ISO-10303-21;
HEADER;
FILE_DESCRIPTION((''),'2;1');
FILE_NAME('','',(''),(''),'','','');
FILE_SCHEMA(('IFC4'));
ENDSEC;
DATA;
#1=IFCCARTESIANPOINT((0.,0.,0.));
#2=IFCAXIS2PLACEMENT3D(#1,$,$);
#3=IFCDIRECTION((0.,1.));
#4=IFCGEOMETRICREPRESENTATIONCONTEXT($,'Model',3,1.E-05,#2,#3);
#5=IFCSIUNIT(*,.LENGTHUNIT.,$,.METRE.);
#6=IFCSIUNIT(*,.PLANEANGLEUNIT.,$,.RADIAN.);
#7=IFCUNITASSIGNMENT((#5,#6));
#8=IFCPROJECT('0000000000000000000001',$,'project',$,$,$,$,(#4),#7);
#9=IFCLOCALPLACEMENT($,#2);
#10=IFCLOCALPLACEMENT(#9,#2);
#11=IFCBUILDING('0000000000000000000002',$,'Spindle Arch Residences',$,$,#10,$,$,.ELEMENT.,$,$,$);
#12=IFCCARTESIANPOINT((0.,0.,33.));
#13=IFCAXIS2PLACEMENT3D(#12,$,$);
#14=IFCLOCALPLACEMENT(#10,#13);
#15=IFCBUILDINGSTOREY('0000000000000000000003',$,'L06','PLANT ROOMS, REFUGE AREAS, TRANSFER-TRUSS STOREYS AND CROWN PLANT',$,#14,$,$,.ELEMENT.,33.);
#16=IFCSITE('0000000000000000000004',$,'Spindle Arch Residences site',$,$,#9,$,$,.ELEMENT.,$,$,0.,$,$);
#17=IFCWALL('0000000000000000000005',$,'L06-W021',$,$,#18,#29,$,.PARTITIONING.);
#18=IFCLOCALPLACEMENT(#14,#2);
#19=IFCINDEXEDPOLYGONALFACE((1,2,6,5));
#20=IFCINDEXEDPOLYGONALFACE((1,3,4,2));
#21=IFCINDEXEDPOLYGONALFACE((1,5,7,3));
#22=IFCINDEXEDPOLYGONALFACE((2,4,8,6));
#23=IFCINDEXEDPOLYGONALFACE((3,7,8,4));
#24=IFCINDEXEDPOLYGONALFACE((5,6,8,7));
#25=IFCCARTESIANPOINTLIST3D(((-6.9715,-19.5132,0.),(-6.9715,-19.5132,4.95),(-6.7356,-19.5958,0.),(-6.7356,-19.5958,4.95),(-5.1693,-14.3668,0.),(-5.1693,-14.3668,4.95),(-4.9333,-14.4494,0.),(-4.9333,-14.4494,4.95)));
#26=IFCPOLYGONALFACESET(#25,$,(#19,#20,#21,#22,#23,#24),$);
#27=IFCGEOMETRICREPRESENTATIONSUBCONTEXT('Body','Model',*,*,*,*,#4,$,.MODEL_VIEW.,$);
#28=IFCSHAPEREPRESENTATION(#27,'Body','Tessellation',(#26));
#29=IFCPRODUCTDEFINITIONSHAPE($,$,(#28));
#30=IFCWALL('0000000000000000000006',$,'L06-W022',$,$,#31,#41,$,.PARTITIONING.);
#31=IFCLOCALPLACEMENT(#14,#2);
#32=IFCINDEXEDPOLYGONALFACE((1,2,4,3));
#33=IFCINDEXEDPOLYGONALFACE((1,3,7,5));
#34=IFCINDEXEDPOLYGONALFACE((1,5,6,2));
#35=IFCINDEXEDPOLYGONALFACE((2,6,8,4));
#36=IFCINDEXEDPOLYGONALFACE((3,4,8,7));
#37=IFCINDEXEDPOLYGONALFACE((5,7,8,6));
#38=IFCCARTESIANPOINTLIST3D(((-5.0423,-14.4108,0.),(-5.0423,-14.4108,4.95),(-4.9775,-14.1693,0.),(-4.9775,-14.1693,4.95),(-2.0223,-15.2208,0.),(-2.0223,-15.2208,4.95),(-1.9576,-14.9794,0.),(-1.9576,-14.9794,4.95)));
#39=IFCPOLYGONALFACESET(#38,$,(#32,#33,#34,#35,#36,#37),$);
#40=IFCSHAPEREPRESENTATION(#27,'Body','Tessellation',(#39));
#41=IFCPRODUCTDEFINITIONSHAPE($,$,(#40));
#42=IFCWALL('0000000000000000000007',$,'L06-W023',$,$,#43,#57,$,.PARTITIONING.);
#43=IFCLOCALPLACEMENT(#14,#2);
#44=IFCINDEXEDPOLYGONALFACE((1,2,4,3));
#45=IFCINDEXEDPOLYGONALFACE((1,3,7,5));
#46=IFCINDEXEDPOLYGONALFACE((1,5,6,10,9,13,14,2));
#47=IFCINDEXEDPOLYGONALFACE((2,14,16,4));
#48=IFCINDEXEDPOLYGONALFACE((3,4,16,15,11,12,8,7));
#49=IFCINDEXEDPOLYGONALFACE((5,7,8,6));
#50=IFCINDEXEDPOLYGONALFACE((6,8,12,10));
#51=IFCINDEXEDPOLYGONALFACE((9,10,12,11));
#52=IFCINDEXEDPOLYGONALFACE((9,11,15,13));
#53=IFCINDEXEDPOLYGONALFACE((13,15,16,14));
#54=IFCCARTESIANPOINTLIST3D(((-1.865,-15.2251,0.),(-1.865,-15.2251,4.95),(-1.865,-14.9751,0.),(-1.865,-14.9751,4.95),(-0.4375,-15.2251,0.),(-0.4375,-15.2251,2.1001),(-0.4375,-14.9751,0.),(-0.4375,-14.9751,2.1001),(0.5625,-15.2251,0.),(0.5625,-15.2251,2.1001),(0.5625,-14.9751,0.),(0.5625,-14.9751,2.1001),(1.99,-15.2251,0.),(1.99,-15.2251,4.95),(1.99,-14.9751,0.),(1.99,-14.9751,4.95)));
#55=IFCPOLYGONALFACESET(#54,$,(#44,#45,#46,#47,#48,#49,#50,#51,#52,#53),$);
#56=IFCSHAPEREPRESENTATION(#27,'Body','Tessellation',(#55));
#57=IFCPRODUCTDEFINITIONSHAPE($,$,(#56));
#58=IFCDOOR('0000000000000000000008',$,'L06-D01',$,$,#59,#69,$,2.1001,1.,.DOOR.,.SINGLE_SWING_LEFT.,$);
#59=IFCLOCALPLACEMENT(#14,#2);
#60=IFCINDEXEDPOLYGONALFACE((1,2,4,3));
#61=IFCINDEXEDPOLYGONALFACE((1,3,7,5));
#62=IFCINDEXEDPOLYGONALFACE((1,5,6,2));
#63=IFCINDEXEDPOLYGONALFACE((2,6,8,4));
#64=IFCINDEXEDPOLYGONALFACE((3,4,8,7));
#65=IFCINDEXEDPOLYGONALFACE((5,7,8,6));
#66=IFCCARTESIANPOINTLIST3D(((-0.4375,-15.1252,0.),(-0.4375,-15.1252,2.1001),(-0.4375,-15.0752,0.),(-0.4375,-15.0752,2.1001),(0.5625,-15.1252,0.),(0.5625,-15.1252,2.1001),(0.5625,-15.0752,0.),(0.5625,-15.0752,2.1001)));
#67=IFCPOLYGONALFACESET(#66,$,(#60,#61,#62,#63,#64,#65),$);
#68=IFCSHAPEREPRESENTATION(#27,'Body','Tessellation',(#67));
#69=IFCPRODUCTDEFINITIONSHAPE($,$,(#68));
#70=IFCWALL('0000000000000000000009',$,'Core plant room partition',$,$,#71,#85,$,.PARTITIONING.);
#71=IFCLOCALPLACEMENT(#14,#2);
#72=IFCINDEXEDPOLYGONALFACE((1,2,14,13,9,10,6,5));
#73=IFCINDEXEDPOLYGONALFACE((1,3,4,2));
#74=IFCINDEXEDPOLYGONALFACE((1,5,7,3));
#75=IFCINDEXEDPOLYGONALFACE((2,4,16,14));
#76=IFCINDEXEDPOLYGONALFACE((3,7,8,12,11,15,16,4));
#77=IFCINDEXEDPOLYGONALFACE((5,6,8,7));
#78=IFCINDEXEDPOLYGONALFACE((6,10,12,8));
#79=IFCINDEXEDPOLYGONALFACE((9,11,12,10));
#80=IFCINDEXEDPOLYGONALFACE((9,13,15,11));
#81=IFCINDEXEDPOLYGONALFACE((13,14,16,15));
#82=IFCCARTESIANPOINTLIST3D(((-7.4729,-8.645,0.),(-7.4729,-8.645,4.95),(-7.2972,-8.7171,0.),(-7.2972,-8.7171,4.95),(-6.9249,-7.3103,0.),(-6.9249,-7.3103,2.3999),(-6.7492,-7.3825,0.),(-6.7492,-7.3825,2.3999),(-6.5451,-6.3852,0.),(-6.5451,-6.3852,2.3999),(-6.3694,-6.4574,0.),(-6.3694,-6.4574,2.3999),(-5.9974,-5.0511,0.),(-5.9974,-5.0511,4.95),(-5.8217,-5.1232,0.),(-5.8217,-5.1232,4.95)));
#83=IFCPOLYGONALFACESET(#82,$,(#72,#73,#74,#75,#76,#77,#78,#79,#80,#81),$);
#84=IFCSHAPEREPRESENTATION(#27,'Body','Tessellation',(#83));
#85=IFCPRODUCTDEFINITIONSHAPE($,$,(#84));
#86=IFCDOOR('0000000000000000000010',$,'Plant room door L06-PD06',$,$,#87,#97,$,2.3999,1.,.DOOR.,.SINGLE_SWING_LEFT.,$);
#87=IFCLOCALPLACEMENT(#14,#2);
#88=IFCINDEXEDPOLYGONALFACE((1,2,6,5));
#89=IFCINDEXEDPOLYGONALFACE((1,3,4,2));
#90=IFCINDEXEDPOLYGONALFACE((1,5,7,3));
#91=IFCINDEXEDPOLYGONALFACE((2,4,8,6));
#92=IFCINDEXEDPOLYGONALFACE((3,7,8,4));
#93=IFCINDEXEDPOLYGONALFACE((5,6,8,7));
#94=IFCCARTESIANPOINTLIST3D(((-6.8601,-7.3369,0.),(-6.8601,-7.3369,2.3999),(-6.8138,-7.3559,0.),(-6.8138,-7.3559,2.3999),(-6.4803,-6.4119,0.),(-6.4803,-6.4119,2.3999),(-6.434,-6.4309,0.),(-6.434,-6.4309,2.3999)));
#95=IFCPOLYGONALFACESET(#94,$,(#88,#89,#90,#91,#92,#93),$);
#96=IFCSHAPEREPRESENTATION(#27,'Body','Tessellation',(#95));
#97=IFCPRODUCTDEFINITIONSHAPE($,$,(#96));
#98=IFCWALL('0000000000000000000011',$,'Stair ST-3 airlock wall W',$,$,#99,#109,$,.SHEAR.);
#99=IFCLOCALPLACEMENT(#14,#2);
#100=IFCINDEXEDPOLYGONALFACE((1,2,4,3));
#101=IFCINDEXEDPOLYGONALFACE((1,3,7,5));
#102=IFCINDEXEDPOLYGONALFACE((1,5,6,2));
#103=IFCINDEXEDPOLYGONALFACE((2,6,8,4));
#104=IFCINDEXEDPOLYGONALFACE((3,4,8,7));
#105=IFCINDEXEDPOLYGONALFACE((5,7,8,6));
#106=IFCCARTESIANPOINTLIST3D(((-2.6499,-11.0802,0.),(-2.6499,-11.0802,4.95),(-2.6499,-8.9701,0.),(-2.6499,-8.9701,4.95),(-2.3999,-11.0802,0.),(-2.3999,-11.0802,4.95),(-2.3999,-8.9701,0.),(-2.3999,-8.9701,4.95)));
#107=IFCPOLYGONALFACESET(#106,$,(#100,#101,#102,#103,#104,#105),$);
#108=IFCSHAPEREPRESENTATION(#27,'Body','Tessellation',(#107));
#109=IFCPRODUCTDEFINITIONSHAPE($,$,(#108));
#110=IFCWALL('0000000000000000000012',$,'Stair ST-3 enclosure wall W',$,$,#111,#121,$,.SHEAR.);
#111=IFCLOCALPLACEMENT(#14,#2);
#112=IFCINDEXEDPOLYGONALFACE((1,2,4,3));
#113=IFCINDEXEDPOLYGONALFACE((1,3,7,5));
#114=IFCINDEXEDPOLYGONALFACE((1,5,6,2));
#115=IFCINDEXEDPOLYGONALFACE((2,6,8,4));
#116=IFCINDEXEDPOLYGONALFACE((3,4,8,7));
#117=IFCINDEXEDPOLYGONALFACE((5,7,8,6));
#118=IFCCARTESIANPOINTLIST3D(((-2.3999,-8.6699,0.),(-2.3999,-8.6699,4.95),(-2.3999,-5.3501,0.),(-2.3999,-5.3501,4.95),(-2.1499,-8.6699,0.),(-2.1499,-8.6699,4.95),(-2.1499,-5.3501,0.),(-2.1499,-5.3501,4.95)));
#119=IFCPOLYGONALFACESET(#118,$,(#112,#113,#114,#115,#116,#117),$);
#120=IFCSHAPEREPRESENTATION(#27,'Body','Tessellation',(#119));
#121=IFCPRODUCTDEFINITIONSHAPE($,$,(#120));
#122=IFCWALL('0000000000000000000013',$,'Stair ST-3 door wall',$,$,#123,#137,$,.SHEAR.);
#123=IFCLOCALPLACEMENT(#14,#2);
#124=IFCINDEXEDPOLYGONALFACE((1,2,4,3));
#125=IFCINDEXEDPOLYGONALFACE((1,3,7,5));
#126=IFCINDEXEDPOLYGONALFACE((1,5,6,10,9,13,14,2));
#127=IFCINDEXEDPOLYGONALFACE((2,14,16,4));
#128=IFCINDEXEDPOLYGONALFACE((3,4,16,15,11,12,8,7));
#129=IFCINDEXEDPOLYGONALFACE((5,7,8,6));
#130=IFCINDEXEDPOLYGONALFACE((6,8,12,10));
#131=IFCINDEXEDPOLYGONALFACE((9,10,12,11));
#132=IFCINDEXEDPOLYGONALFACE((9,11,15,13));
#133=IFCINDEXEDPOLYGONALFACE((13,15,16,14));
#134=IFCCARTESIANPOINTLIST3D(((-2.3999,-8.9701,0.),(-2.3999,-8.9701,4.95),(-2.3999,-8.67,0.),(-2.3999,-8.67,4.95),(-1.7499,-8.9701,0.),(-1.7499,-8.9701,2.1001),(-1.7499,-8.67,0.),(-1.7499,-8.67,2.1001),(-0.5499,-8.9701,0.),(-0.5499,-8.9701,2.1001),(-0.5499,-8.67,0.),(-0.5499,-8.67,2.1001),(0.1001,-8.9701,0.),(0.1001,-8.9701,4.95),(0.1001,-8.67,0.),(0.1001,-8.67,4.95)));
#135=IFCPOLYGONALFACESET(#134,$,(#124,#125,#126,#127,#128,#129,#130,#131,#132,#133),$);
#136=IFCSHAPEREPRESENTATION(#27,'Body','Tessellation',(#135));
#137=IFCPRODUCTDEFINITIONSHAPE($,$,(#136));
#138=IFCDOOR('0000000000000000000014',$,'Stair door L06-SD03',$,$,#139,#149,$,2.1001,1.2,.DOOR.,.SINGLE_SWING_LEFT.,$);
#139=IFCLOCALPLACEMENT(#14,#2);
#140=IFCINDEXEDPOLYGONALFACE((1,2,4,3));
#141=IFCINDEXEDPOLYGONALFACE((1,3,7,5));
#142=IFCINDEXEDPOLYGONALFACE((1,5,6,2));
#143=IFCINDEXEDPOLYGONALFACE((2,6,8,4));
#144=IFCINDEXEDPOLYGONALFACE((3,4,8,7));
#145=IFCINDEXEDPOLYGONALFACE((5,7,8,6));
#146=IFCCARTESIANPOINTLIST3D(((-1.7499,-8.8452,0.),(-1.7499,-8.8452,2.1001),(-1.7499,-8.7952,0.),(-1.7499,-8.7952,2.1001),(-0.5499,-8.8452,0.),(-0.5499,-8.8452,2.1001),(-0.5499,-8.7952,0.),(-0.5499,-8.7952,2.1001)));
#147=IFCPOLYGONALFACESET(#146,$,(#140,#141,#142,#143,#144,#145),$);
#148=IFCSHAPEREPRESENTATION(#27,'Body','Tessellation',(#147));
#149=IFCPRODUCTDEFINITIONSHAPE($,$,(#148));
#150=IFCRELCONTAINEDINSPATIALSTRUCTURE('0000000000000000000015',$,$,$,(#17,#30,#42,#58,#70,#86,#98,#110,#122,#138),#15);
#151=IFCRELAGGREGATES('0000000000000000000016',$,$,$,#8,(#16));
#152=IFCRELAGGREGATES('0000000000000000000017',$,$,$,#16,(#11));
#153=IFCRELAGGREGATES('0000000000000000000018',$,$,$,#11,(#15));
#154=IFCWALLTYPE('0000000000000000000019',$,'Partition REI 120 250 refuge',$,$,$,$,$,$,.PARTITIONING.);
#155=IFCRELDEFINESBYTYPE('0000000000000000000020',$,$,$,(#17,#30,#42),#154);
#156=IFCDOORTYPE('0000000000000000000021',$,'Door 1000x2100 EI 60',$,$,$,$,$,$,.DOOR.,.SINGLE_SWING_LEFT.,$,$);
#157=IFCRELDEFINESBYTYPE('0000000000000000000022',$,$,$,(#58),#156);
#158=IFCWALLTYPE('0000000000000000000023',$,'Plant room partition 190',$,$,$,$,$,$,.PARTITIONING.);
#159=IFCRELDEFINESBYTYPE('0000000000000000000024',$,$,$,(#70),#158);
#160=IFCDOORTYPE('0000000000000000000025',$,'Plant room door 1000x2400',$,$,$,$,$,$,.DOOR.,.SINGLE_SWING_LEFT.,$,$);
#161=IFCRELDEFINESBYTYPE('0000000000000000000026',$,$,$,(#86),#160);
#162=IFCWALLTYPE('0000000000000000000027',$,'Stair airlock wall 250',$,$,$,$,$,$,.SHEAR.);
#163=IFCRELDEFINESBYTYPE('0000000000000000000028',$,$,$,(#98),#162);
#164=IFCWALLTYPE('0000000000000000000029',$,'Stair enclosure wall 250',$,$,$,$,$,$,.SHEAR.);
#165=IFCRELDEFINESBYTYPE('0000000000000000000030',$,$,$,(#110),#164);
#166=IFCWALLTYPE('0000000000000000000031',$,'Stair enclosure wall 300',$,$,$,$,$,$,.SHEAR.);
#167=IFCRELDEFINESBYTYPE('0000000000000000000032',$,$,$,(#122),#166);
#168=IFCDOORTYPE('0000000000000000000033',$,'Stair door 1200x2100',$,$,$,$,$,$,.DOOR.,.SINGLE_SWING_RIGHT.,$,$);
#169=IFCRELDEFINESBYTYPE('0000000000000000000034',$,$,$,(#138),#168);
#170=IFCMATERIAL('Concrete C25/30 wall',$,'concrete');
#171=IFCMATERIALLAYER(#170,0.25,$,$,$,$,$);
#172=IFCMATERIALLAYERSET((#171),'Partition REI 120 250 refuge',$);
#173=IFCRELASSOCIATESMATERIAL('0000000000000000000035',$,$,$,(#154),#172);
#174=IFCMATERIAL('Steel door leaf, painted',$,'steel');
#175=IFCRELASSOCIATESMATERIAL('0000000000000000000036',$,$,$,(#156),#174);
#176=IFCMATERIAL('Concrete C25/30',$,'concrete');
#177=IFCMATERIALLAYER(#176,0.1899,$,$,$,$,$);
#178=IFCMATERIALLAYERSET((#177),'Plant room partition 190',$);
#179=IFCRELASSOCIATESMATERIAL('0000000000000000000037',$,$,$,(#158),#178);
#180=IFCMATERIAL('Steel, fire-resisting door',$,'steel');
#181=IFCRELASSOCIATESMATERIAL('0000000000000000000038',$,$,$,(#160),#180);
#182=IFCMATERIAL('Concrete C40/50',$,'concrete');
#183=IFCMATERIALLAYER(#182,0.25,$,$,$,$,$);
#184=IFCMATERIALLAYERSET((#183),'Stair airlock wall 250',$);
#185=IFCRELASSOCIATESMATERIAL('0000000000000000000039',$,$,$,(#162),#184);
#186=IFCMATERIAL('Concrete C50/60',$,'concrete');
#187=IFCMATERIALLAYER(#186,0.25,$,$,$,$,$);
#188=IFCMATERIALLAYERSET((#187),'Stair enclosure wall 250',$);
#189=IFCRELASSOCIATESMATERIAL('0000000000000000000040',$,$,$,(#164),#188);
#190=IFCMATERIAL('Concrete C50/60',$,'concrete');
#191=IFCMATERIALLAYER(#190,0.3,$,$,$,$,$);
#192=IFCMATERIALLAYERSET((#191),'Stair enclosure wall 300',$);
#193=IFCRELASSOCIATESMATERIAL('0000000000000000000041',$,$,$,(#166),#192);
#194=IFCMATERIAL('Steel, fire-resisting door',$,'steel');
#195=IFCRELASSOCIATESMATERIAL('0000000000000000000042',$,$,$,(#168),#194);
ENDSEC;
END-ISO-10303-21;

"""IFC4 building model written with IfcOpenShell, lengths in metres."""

from ifc_helpers import new_model, si_unit, direction, frame, frame_2d, origin, place, context, subcontext, project, spatial, rectangle, extrude, material, layer, layer_set, type_object, element, fill, save


model = new_model("IFC4")

# Units and contexts
model_context = context("Model", 3, precision=1e-05, world=origin(), true_north=direction((0.0, 1.0)))
body_context = subcontext(model_context, "Body", "Model", "MODEL_VIEW")
ifc_project = project(units=[si_unit("LENGTHUNIT", "METRE"), si_unit("PLANEANGLEUNIT", "RADIAN")], contexts=[model_context])

# Site, building, storey
site_placement = place(None, origin())
site = spatial("IfcSite", under=ifc_project, at=site_placement, Name="Spindle Arch Residences site", CompositionType="ELEMENT", RefElevation=0.0)
building_placement = place(site_placement, origin())
building = spatial("IfcBuilding", under=site, at=building_placement, Name="Spindle Arch Residences", CompositionType="ELEMENT")
storey_placement = place(building_placement, frame((0.0, 0.0, 33.0)))
storey = spatial("IfcBuildingStorey", under=building, at=storey_placement, Name="L06", Description="PLANT ROOMS, REFUGE AREAS, TRANSFER-TRUSS STOREYS AND CROWN PLANT", CompositionType="ELEMENT", Elevation=33.0)

# Walls
ifc_material_1 = material(Name="Concrete C25/30 wall", Category="concrete")
ifc_layer_1 = layer(ifc_material_1, 0.25)
ifc_layer_set_1 = layer_set([ifc_layer_1], Name="Partition REI 120 250 refuge")
wall_type_1 = type_object("IfcWallType", Name="Partition REI 120 250 refuge", PredefinedType="PARTITIONING", material=ifc_layer_set_1)
wall_1_placement = place(storey_placement, frame((-5.0513, -14.408, 0.0), z_axis=(0.0, 0.0, 1.0), x_axis=(-0.33051, -0.943803, 0.0)))
element("IfcWall", 1, at=wall_1_placement, inside=storey, type_object=wall_type_1, Name="L06-W021", PredefinedType="PARTITIONING", context=body_context, shape_type="SweptSolid", body=[
    extrude(rectangle(XDim=5.4529, YDim=0.25, at=frame_2d((2.7266, 0.0))), origin(), (0.0, 0.0, 1.0), 4.95),
])
wall_2_placement = place(storey_placement, frame((-5.01, -14.29, 0.0), z_axis=(0.0, 0.0, 1.0), x_axis=(0.965858, -0.259072, 0.0)))
element("IfcWall", 2, at=wall_2_placement, inside=storey, type_object=wall_type_1, Name="L06-W022", PredefinedType="PARTITIONING", context=body_context, shape_type="SweptSolid", body=[
    extrude(rectangle(XDim=3.1267, YDim=0.25, at=frame_2d((1.5635, 0.0))), origin(), (0.0, 0.0, 1.0), 4.95),
])

# Walls, openings, doors
wall_3_placement = place(storey_placement, frame((-1.865, -15.1001, 0.0), z_axis=(0.0, 0.0, 1.0), x_axis=(1.0, 0.0, 0.0)))
wall_3 = element("IfcWall", 3, at=wall_3_placement, inside=storey, type_object=wall_type_1, Name="L06-W023", PredefinedType="PARTITIONING", context=body_context, shape_type="SweptSolid", body=[
    extrude(rectangle(XDim=3.855, YDim=0.25, at=frame_2d((1.9275, 0.0))), origin(), (0.0, 0.0, 1.0), 4.95),
])
opening_1_placement = place(wall_3_placement, frame((1.4275, 0.0, 0.0)))
opening_1 = element("IfcOpeningElement", 4, at=opening_1_placement, cuts=wall_3, PredefinedType="OPENING", context=body_context, shape_type="SweptSolid", body=[
    extrude(rectangle(XDim=1.0, YDim=2.1001, at=frame_2d((0.5, 1.05))), frame((0.0, 0.135, 0.0), z_axis=(0.0, -1.0, 0.0), x_axis=(1.0, 0.0, 0.0)), (0.0, 0.0, 1.0), 0.27),
])
ifc_material_2 = material(Name="Steel door leaf, painted", Category="steel")
door_type_1 = type_object("IfcDoorType", Name="Door 1000x2100 EI 60", OperationType="SINGLE_SWING_LEFT", PredefinedType="DOOR", material=ifc_material_2)
door_1_placement = place(opening_1_placement, origin())
door_1 = element("IfcDoor", 5, at=door_1_placement, inside=storey, type_object=door_type_1, Name="L06-D01", OperationType="SINGLE_SWING_LEFT", OverallHeight=2.1001, OverallWidth=1.0, PredefinedType="DOOR", context=body_context, shape_type="SweptSolid", body=[
    extrude(rectangle(XDim=1.0, YDim=2.1001, at=frame_2d((0.5, 1.05))), frame((0.0, 0.0249, 0.0), z_axis=(0.0, -1.0, 0.0), x_axis=(1.0, 0.0, 0.0)), (0.0, 0.0, 1.0), 0.05),
])
fill(opening_1, door_1)
ifc_material_3 = material(Name="Concrete C25/30", Category="concrete")
ifc_layer_2 = layer(ifc_material_3, 0.1899)
ifc_layer_set_2 = layer_set([ifc_layer_2], Name="Plant room partition 190")
wall_type_2 = type_object("IfcWallType", Name="Plant room partition 190", PredefinedType="PARTITIONING", material=ifc_layer_set_2)
wall_4_placement = place(storey_placement, frame((-7.385, -8.6809, 0.0), z_axis=(0.0, 0.0, 1.0), x_axis=(0.379805, 0.925067, 0.0)))
wall_4 = element("IfcWall", 6, at=wall_4_placement, inside=storey, type_object=wall_type_2, Name="Core plant room partition", PredefinedType="PARTITIONING", context=body_context, shape_type="SweptSolid", body=[
    extrude(rectangle(XDim=3.885, YDim=0.1899, at=frame_2d((1.9424, 0.0))), origin(), (0.0, 0.0, 1.0), 4.95),
])
opening_2_placement = place(wall_4_placement, frame((1.4426, 0.0, 0.0)))
opening_2 = element("IfcOpeningElement", 7, at=opening_2_placement, cuts=wall_4, PredefinedType="OPENING", context=body_context, shape_type="SweptSolid", body=[
    extrude(rectangle(XDim=1.0, YDim=2.3999, at=frame_2d((0.5, 1.2))), frame((0.0, 0.105, 0.0), z_axis=(0.0, -1.0, 0.0), x_axis=(1.0, 0.0, 0.0)), (0.0, 0.0, 1.0), 0.21),
])
ifc_material_4 = material(Name="Steel, fire-resisting door", Category="steel")
door_type_2 = type_object("IfcDoorType", Name="Plant room door 1000x2400", OperationType="SINGLE_SWING_LEFT", PredefinedType="DOOR", material=ifc_material_4)
door_2_placement = place(opening_2_placement, origin())
door_2 = element("IfcDoor", 8, at=door_2_placement, inside=storey, type_object=door_type_2, Name="Plant room door L06-PD06", OperationType="SINGLE_SWING_LEFT", OverallHeight=2.3999, OverallWidth=1.0, PredefinedType="DOOR", context=body_context, shape_type="SweptSolid", body=[
    extrude(rectangle(XDim=1.0, YDim=2.3999, at=frame_2d((0.5, 1.2))), frame((0.0, 0.0249, 0.0), z_axis=(0.0, -1.0, 0.0), x_axis=(1.0, 0.0, 0.0)), (0.0, 0.0, 1.0), 0.05),
])
fill(opening_2, door_2)

# Walls
ifc_material_5 = material(Name="Concrete C40/50", Category="concrete")
ifc_layer_3 = layer(ifc_material_5, 0.25)
ifc_layer_set_3 = layer_set([ifc_layer_3], Name="Stair airlock wall 250")
wall_type_3 = type_object("IfcWallType", Name="Stair airlock wall 250", PredefinedType="SHEAR", material=ifc_layer_set_3)
wall_5_placement = place(storey_placement, frame((-2.5249, -8.97, 0.0), z_axis=(0.0, 0.0, 1.0), x_axis=(0.0, -1.0, 0.0)))
element("IfcWall", 9, at=wall_5_placement, inside=storey, type_object=wall_type_3, Name="Stair ST-3 airlock wall W", PredefinedType="SHEAR", context=body_context, shape_type="SweptSolid", body=[
    extrude(rectangle(XDim=2.1101, YDim=0.25, at=frame_2d((1.0552, 0.0))), origin(), (0.0, 0.0, 1.0), 4.95),
])
ifc_material_6 = material(Name="Concrete C50/60", Category="concrete")
ifc_layer_4 = layer(ifc_material_6, 0.25)
ifc_layer_set_4 = layer_set([ifc_layer_4], Name="Stair enclosure wall 250")
wall_type_4 = type_object("IfcWallType", Name="Stair enclosure wall 250", PredefinedType="SHEAR", material=ifc_layer_set_4)
wall_6_placement = place(storey_placement, frame((-2.2749, -8.6699, 0.0), z_axis=(0.0, 0.0, 1.0), x_axis=(0.0, 1.0, 0.0)))
element("IfcWall", 10, at=wall_6_placement, inside=storey, type_object=wall_type_4, Name="Stair ST-3 enclosure wall W", PredefinedType="SHEAR", context=body_context, shape_type="SweptSolid", body=[
    extrude(rectangle(XDim=3.3198, YDim=0.25, at=frame_2d((1.6599, 0.0))), origin(), (0.0, 0.0, 1.0), 4.95),
])

# Wall, opening, door
ifc_material_7 = material(Name="Concrete C50/60", Category="concrete")
ifc_layer_5 = layer(ifc_material_7, 0.3)
ifc_layer_set_5 = layer_set([ifc_layer_5], Name="Stair enclosure wall 300")
wall_type_5 = type_object("IfcWallType", Name="Stair enclosure wall 300", PredefinedType="SHEAR", material=ifc_layer_set_5)
wall_7_placement = place(storey_placement, frame((-2.3999, -8.8201, 0.0), z_axis=(0.0, 0.0, 1.0), x_axis=(1.0, 0.0, 0.0)))
wall_7 = element("IfcWall", 11, at=wall_7_placement, inside=storey, type_object=wall_type_5, Name="Stair ST-3 door wall", PredefinedType="SHEAR", context=body_context, shape_type="SweptSolid", body=[
    extrude(rectangle(XDim=2.5, YDim=0.3, at=frame_2d((1.25, 0.0))), origin(), (0.0, 0.0, 1.0), 4.95),
])
opening_3_placement = place(wall_7_placement, frame((0.6499, 0.0, 0.0)))
opening_3 = element("IfcOpeningElement", 12, at=opening_3_placement, cuts=wall_7, PredefinedType="OPENING", context=body_context, shape_type="SweptSolid", body=[
    extrude(rectangle(XDim=1.2, YDim=2.1001, at=frame_2d((0.6001, 1.05))), frame((0.0, 0.1602, 0.0), z_axis=(0.0, -1.0, 0.0), x_axis=(1.0, 0.0, 0.0)), (0.0, 0.0, 1.0), 0.3201),
])
ifc_material_8 = material(Name="Steel, fire-resisting door", Category="steel")
door_type_3 = type_object("IfcDoorType", Name="Stair door 1200x2100", OperationType="SINGLE_SWING_RIGHT", PredefinedType="DOOR", material=ifc_material_8)
door_3_placement = place(opening_3_placement, origin())
door_3 = element("IfcDoor", 13, at=door_3_placement, inside=storey, type_object=door_type_3, Name="Stair door L06-SD03", OperationType="SINGLE_SWING_LEFT", OverallHeight=2.1001, OverallWidth=1.2, PredefinedType="DOOR", context=body_context, shape_type="SweptSolid", body=[
    extrude(rectangle(XDim=1.2, YDim=2.1001, at=frame_2d((0.6001, 1.05))), frame((0.0, 0.0249, 0.0), z_axis=(0.0, -1.0, 0.0), x_axis=(1.0, 0.0, 0.0)), (0.0, 0.0, 1.0), 0.05),
])
fill(opening_3, door_3)

save(model, "model.ifc")
